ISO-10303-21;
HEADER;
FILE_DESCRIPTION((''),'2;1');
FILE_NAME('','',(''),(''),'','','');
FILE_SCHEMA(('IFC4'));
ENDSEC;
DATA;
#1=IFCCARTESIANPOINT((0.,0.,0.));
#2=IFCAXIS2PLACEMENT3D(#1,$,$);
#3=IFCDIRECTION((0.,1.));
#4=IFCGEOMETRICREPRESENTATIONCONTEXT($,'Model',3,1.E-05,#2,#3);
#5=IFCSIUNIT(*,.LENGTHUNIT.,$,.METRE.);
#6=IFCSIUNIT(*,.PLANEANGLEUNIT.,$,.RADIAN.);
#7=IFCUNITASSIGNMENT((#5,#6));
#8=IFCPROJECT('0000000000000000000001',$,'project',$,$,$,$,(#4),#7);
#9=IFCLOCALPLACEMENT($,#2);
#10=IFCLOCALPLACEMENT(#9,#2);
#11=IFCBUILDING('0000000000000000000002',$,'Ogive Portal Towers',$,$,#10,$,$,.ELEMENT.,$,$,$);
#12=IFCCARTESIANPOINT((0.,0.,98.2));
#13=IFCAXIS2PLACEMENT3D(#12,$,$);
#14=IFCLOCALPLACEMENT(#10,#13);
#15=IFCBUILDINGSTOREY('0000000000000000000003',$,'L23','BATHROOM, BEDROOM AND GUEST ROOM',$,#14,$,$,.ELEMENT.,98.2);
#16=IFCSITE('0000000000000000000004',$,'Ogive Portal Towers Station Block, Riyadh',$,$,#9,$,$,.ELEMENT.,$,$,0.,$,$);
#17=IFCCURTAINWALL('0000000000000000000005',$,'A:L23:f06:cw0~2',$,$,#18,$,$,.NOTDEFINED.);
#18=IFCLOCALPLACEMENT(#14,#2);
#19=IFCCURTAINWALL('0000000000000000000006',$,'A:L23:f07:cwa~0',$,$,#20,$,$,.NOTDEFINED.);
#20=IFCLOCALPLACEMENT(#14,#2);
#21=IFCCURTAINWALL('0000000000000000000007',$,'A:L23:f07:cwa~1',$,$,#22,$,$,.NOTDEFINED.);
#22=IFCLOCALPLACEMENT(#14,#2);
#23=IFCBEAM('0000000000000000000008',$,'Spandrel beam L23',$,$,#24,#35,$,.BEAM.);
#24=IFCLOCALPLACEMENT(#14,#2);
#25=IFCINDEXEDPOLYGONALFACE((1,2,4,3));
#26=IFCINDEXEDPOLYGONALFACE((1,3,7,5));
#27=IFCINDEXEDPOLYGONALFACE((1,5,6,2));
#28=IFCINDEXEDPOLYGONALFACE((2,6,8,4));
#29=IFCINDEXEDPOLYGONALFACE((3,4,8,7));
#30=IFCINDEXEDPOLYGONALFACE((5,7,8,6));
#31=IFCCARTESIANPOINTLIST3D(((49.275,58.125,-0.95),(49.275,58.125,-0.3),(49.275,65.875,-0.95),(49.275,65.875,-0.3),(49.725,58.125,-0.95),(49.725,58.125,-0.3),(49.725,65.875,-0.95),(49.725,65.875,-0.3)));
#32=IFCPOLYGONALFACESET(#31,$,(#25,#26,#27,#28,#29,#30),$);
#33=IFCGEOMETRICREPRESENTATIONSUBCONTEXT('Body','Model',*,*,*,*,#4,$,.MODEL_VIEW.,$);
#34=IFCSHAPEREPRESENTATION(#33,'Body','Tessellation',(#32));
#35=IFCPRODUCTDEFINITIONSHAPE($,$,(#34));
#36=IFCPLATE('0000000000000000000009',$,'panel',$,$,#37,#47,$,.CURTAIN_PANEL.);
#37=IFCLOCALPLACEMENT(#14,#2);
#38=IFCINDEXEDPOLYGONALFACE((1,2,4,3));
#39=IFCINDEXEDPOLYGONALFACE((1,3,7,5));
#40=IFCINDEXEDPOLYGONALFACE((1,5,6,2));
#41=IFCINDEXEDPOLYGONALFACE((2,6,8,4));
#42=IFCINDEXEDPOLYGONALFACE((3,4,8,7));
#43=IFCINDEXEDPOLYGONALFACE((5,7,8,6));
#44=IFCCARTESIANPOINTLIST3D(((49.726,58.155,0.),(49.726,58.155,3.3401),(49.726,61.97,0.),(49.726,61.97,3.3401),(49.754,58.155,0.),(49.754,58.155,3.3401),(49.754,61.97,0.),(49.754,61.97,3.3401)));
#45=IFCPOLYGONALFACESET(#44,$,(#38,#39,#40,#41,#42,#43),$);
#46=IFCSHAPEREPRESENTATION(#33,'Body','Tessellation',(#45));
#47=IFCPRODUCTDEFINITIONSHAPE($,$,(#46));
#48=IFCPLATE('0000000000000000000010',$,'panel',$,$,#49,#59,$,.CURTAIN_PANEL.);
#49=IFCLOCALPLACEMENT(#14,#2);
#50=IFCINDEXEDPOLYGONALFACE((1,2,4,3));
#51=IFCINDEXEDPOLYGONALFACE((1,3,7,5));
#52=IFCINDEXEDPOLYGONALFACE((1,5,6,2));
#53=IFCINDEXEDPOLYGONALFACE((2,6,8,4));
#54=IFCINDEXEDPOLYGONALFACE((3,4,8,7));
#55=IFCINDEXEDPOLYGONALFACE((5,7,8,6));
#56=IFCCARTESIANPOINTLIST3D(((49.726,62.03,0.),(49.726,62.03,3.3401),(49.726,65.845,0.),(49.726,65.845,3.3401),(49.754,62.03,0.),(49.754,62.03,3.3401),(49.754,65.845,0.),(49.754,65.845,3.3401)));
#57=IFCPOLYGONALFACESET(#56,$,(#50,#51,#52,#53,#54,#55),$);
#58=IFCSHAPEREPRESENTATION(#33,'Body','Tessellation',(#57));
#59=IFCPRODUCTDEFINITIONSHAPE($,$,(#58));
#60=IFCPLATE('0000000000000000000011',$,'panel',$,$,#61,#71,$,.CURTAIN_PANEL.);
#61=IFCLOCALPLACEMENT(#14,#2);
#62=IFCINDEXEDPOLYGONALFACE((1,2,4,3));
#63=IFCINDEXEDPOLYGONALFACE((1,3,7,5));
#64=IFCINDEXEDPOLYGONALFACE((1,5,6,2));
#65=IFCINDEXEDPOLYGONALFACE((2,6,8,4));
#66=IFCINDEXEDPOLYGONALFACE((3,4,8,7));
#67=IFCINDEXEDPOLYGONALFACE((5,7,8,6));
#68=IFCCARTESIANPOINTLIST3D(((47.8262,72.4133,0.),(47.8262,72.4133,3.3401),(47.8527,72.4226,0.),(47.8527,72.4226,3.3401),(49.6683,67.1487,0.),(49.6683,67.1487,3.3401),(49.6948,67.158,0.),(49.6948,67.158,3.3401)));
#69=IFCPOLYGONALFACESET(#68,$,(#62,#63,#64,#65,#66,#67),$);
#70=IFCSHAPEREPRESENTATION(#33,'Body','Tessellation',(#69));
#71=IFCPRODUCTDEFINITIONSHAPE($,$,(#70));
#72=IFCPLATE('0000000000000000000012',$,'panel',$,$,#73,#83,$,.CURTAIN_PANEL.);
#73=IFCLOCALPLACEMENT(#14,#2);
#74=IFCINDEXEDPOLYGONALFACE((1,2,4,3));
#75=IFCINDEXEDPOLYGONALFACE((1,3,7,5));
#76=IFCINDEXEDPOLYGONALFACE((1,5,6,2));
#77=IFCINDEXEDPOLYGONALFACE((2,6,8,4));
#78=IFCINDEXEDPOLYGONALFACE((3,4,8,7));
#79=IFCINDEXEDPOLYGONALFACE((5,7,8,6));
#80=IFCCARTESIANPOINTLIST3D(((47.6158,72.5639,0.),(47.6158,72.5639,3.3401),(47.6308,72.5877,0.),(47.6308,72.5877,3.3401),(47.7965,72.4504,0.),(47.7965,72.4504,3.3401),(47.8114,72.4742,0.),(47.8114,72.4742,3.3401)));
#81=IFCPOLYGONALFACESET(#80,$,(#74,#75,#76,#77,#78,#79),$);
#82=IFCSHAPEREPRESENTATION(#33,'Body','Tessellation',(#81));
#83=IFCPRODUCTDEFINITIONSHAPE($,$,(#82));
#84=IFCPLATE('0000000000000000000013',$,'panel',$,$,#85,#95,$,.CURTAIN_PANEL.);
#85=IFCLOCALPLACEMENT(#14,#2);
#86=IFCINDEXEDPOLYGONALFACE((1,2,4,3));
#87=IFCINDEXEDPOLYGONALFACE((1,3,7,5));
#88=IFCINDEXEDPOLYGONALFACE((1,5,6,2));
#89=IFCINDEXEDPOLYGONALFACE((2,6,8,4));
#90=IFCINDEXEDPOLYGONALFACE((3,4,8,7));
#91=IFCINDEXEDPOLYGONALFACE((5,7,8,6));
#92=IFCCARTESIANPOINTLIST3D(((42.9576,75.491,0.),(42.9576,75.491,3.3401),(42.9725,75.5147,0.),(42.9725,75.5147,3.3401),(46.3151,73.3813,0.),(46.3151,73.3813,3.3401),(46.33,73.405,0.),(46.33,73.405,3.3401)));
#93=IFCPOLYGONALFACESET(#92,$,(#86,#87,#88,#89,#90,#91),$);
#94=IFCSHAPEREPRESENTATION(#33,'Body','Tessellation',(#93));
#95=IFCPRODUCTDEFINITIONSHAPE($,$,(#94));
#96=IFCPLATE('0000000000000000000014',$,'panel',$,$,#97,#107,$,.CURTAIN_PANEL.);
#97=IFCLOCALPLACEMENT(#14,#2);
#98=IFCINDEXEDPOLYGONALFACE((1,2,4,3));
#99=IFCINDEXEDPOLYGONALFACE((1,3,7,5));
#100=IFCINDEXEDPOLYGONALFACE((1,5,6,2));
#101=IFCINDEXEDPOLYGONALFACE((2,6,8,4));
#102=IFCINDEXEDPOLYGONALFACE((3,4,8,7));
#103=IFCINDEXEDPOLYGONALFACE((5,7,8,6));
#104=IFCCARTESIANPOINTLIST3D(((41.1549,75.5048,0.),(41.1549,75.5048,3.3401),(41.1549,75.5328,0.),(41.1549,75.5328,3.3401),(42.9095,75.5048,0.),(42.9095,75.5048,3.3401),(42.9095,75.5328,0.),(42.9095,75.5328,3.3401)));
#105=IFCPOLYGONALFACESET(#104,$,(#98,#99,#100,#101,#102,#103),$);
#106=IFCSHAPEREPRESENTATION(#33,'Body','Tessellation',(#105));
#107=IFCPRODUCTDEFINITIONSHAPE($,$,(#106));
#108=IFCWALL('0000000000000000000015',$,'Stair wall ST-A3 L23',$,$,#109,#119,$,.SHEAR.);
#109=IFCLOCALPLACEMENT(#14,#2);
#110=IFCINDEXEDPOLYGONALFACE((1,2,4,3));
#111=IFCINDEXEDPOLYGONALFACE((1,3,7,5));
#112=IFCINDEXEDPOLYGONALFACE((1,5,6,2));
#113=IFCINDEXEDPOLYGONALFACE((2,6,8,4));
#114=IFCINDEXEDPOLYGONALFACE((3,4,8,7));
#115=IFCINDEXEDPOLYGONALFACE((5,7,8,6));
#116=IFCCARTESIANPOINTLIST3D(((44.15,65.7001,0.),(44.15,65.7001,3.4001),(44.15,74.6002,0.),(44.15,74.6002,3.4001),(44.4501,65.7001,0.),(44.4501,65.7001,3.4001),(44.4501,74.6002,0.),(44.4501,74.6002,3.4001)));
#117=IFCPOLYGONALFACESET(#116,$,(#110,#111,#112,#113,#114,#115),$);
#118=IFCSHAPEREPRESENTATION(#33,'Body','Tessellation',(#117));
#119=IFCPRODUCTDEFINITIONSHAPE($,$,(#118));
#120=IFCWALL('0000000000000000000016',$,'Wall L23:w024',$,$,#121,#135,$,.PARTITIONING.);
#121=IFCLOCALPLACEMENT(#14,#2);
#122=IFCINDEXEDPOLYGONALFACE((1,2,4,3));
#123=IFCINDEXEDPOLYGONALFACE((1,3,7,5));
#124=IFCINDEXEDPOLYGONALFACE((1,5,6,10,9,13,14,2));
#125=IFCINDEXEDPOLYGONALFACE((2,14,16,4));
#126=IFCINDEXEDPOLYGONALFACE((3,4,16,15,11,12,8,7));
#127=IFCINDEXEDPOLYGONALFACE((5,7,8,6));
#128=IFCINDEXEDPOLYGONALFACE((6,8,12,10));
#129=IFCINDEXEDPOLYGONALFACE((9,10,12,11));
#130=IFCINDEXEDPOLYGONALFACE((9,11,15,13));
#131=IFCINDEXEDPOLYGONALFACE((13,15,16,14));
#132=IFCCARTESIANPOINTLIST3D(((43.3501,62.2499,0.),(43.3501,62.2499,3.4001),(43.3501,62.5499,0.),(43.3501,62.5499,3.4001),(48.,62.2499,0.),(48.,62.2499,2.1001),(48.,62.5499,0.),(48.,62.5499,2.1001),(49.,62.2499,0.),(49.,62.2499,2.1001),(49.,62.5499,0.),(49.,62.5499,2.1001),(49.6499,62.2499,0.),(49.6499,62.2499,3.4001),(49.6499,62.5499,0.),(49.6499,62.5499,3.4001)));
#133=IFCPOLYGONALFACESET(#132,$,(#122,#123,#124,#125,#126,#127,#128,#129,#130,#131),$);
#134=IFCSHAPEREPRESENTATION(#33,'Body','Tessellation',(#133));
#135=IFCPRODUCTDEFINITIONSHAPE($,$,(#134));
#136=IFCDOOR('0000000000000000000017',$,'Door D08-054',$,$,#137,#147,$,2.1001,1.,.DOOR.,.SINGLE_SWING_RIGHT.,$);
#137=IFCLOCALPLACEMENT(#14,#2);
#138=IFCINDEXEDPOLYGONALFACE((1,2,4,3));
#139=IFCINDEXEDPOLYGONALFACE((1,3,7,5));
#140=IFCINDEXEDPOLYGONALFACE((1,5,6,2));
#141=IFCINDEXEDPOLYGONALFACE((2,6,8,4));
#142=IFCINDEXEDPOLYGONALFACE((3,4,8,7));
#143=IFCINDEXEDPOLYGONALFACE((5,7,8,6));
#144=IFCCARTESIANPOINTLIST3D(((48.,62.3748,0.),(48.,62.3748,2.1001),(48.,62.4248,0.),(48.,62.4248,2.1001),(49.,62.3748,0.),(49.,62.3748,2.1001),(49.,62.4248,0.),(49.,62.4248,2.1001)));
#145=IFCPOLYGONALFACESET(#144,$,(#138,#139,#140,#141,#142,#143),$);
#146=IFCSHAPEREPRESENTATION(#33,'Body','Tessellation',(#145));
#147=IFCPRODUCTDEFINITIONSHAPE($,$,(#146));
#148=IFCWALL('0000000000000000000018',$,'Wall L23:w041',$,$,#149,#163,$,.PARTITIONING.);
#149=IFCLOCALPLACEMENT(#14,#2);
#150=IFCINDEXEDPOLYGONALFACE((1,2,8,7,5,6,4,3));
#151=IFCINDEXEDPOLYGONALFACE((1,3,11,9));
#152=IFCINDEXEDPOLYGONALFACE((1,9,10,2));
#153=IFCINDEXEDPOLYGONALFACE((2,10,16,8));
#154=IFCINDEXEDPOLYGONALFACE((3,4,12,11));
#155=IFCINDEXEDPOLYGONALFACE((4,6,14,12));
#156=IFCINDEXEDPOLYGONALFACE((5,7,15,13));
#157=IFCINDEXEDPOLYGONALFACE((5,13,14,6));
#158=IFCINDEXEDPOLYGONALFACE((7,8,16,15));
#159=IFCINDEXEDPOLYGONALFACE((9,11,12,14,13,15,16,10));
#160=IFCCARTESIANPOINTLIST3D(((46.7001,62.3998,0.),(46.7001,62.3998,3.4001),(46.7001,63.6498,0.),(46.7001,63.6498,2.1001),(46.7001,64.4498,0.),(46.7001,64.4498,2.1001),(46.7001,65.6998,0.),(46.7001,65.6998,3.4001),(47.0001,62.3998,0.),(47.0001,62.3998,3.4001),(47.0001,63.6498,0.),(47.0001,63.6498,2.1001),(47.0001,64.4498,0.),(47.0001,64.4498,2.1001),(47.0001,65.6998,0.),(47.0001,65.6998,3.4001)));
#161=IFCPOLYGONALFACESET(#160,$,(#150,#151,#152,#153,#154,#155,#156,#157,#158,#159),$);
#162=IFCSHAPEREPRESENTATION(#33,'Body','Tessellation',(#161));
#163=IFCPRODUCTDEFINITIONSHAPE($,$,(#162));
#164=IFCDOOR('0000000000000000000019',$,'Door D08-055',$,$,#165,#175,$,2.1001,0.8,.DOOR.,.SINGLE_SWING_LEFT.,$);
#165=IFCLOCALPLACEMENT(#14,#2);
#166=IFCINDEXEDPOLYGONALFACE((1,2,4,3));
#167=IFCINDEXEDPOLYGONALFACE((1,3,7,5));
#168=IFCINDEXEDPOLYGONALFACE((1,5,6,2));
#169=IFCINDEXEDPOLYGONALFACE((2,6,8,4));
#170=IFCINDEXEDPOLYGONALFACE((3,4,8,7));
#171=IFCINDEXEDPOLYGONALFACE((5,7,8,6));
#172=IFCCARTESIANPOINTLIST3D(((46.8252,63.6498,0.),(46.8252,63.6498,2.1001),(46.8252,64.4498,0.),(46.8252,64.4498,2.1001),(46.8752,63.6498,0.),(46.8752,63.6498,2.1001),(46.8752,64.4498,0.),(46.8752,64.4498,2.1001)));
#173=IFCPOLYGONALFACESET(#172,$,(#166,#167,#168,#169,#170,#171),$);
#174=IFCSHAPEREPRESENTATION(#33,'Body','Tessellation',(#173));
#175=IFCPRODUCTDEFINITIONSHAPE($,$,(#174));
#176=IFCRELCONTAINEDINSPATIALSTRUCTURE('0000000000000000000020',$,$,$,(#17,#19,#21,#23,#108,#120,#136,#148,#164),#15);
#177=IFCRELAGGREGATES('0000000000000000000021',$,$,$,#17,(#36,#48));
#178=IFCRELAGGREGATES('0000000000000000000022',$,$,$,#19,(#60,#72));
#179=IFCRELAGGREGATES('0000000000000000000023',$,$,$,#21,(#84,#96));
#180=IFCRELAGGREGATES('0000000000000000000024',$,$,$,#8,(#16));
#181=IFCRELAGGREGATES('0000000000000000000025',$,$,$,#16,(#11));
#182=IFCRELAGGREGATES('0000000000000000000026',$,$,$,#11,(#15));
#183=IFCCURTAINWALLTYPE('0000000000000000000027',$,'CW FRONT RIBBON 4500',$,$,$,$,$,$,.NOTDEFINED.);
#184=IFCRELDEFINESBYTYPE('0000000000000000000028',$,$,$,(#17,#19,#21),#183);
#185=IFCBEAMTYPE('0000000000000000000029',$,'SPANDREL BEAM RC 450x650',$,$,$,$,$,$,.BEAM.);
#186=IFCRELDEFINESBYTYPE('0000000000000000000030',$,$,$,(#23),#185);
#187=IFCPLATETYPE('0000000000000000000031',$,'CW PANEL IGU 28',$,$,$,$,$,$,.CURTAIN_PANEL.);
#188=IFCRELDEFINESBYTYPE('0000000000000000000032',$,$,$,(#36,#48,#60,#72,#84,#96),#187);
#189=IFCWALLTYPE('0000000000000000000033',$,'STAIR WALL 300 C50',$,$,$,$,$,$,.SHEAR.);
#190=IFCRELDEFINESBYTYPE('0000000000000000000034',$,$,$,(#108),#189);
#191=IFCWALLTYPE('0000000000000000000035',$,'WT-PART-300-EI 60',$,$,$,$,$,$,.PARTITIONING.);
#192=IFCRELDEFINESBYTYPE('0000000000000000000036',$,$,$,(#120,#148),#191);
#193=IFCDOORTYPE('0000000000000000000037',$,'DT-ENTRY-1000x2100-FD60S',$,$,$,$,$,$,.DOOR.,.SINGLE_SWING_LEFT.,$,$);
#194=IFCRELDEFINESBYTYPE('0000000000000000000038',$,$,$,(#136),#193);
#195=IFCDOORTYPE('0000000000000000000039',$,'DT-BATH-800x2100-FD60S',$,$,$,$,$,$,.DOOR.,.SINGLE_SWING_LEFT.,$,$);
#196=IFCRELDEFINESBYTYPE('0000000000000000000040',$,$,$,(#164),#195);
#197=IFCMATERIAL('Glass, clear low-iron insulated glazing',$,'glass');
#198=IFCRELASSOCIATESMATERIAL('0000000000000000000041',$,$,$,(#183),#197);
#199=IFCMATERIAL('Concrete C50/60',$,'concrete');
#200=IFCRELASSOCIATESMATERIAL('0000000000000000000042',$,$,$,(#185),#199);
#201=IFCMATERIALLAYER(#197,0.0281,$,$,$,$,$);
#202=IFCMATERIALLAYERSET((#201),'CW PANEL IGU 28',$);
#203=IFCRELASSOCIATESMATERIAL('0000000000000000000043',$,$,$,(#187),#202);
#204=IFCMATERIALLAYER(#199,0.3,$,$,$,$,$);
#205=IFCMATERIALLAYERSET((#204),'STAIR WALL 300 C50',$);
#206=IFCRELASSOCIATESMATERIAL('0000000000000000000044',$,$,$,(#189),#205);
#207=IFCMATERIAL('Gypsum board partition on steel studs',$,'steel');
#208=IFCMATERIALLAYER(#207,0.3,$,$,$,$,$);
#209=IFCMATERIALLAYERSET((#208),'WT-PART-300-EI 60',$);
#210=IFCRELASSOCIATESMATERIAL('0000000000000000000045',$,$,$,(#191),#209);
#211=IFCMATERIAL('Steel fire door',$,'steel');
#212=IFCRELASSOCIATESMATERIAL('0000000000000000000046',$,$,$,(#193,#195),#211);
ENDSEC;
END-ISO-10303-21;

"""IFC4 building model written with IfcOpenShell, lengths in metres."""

from ifc_helpers import new_model, si_unit, direction, frame, frame_2d, origin, origin_2d, place, context, subcontext, project, spatial, rectangle, extrude, material, layer, layer_set, material_profile, profile_set, type_object, element, fill, aggregate, save


model = new_model("IFC4")

# Units and contexts
model_context = context("Model", 3, precision=1e-05, world=origin(), true_north=direction((0.0, 1.0)))
body_context = subcontext(model_context, "Body", "Model", "MODEL_VIEW")
ifc_project = project(units=[si_unit("LENGTHUNIT", "METRE"), si_unit("PLANEANGLEUNIT", "RADIAN")], contexts=[model_context])

# Site, building, storey
site_placement = place(None, origin())
site = spatial("IfcSite", under=ifc_project, at=site_placement, Name="Ogive Portal Towers Station Block, Riyadh", CompositionType="ELEMENT", RefElevation=0.0)
building_placement = place(site_placement, origin())
building = spatial("IfcBuilding", under=site, at=building_placement, Name="Ogive Portal Towers", CompositionType="ELEMENT")
storey_placement = place(building_placement, frame((0.0, 0.0, 98.2)))
storey = spatial("IfcBuildingStorey", under=building, at=storey_placement, Name="L23", Description="BATHROOM, BEDROOM AND GUEST ROOM", CompositionType="ELEMENT", Elevation=98.2)

# Curtain walls
ifc_material_1 = material(Name="Glass, clear low-iron insulated glazing", Category="glass")
curtain_wall_type = type_object("IfcCurtainWallType", Name="CW FRONT RIBBON 4500", PredefinedType="NOTDEFINED", material=ifc_material_1)
curtain_wall_1_placement = place(storey_placement, origin())
curtain_wall_1 = element("IfcCurtainWall", 1, at=curtain_wall_1_placement, inside=storey, type_object=curtain_wall_type, Name="A:L23:f06:cw0~2", PredefinedType="NOTDEFINED")
curtain_wall_2_placement = place(storey_placement, origin())
curtain_wall_2 = element("IfcCurtainWall", 2, at=curtain_wall_2_placement, inside=storey, type_object=curtain_wall_type, Name="A:L23:f07:cwa~0", PredefinedType="NOTDEFINED")
curtain_wall_3_placement = place(storey_placement, origin())
curtain_wall_3 = element("IfcCurtainWall", 3, at=curtain_wall_3_placement, inside=storey, type_object=curtain_wall_type, Name="A:L23:f07:cwa~1", PredefinedType="NOTDEFINED")

# Beam
ifc_material_2 = material(Name="Concrete C50/60", Category="concrete")
ifc_material_profile_1 = material_profile(ifc_material_2, rectangle(XDim=0.45, YDim=0.6499, at=origin_2d()), Name="RC 450x650")
ifc_profile_set_1 = profile_set([ifc_material_profile_1], Name="Concrete C50/60")
beam_type = type_object("IfcBeamType", Name="SPANDREL BEAM RC 450x650", PredefinedType="BEAM", material=ifc_profile_set_1)
beam_placement = place(storey_placement, frame((49.5, 65.875, -0.625), z_axis=(0.0, -1.0, 0.0), x_axis=(1.0, 0.0, 0.0)))
element("IfcBeam", 4, at=beam_placement, inside=storey, type_object=beam_type, Name="Spandrel beam L23", PredefinedType="BEAM", context=body_context, shape_type="SweptSolid", body=[
    extrude(rectangle(XDim=0.45, YDim=0.6499, at=origin_2d()), origin(), (0.0, 0.0, 1.0), 7.75),
])

# Plates
ifc_layer_1 = layer(ifc_material_1, 0.0281)
ifc_layer_set_1 = layer_set([ifc_layer_1], Name="CW PANEL IGU 28")
plate_type = type_object("IfcPlateType", Name="CW PANEL IGU 28", PredefinedType="CURTAIN_PANEL", material=ifc_layer_set_1)
plate_1_placement = place(storey_placement, frame((49.74, 60.0625, 0.0), z_axis=(0.0, 0.0, 1.0), x_axis=(0.0, 1.0, 0.0)))
plate_1 = element("IfcPlate", 5, at=plate_1_placement, type_object=plate_type, Name="panel", PredefinedType="CURTAIN_PANEL", context=body_context, shape_type="SweptSolid", body=[
    extrude(rectangle(XDim=3.8149, YDim=0.0281, at=origin_2d()), origin(), (0.0, 0.0, 1.0), 3.3401),
])
plate_2_placement = place(storey_placement, frame((49.74, 63.9375, 0.0), z_axis=(0.0, 0.0, 1.0), x_axis=(0.0, 1.0, 0.0)))
plate_2 = element("IfcPlate", 6, at=plate_2_placement, type_object=plate_type, Name="panel", PredefinedType="CURTAIN_PANEL", context=body_context, shape_type="SweptSolid", body=[
    extrude(rectangle(XDim=3.8149, YDim=0.0281, at=origin_2d()), origin(), (0.0, 0.0, 1.0), 3.3401),
])
aggregate(curtain_wall_1, [plate_1, plate_2])
plate_3_placement = place(storey_placement, frame((48.7605, 69.7856, 0.0), z_axis=(0.0, 0.0, 1.0), x_axis=(-0.330279, 0.943883, 0.0)))
plate_3 = element("IfcPlate", 7, at=plate_3_placement, type_object=plate_type, Name="panel", PredefinedType="CURTAIN_PANEL", context=body_context, shape_type="SweptSolid", body=[
    extrude(rectangle(XDim=5.5776, YDim=0.0281, at=origin_2d()), origin(), (0.0, 0.0, 1.0), 3.3401),
])
plate_4_placement = place(storey_placement, frame((47.7136, 72.519, 0.0), z_axis=(0.0, 0.0, 1.0), x_axis=(-0.846724, 0.532032, 0.0)))
plate_4 = element("IfcPlate", 8, at=plate_4_placement, type_object=plate_type, Name="panel", PredefinedType="CURTAIN_PANEL", context=body_context, shape_type="SweptSolid", body=[
    extrude(rectangle(XDim=0.2134, YDim=0.0281, at=origin_2d()), origin(), (0.0, 0.0, 1.0), 3.3401),
])
aggregate(curtain_wall_2, [plate_3, plate_4])
plate_5_placement = place(storey_placement, frame((44.6438, 74.448, 0.0), z_axis=(0.0, 0.0, 1.0), x_axis=(-0.846724, 0.532032, 0.0)))
plate_5 = element("IfcPlate", 9, at=plate_5_placement, type_object=plate_type, Name="panel", PredefinedType="CURTAIN_PANEL", context=body_context, shape_type="SweptSolid", body=[
    extrude(rectangle(XDim=3.9653, YDim=0.0281, at=origin_2d()), origin(), (0.0, 0.0, 1.0), 3.3401),
])
plate_6_placement = place(storey_placement, frame((42.0322, 75.5188, 0.0), z_axis=(0.0, 0.0, 1.0), x_axis=(-1.0, 0.0, 0.0)))
plate_6 = element("IfcPlate", 10, at=plate_6_placement, type_object=plate_type, Name="panel", PredefinedType="CURTAIN_PANEL", context=body_context, shape_type="SweptSolid", body=[
    extrude(rectangle(XDim=1.7546, YDim=0.0281, at=origin_2d()), origin(), (0.0, 0.0, 1.0), 3.3401),
])
aggregate(curtain_wall_3, [plate_5, plate_6])

# Wall
ifc_layer_2 = layer(ifc_material_2, 0.3)
ifc_layer_set_2 = layer_set([ifc_layer_2], Name="STAIR WALL 300 C50")
wall_type_1 = type_object("IfcWallType", Name="STAIR WALL 300 C50", PredefinedType="SHEAR", material=ifc_layer_set_2)
wall_1_placement = place(storey_placement, frame((44.3, 65.7, 0.0), z_axis=(0.0, 0.0, 1.0), x_axis=(0.0, 1.0, 0.0)))
element("IfcWall", 11, at=wall_1_placement, inside=storey, type_object=wall_type_1, Name="Stair wall ST-A3 L23", PredefinedType="SHEAR", context=body_context, shape_type="SweptSolid", body=[
    extrude(rectangle(XDim=8.9001, YDim=0.3, at=frame_2d((4.4502, 0.0))), origin(), (0.0, 0.0, 1.0), 3.4001),
])

# Walls, openings, doors
ifc_material_3 = material(Name="Gypsum board partition on steel studs", Category="steel")
ifc_layer_3 = layer(ifc_material_3, 0.3)
ifc_layer_set_3 = layer_set([ifc_layer_3], Name="WT-PART-300-EI 60")
wall_type_2 = type_object("IfcWallType", Name="WT-PART-300-EI 60", PredefinedType="PARTITIONING", material=ifc_layer_set_3)
wall_2_placement = place(storey_placement, frame((43.3501, 62.3999, 0.0), z_axis=(0.0, 0.0, 1.0), x_axis=(1.0, 0.0, 0.0)))
wall_2 = element("IfcWall", 12, at=wall_2_placement, inside=storey, type_object=wall_type_2, Name="Wall L23:w024", PredefinedType="PARTITIONING", context=body_context, shape_type="SweptSolid", body=[
    extrude(rectangle(XDim=6.2998, YDim=0.3, at=frame_2d((3.1499, 0.0))), origin(), (0.0, 0.0, 1.0), 3.4001),
])
opening_1_placement = place(wall_2_placement, frame((4.6499, 0.0, 0.0)))
opening_1 = element("IfcOpeningElement", 13, at=opening_1_placement, cuts=wall_2, PredefinedType="OPENING", context=body_context, shape_type="SweptSolid", body=[
    extrude(rectangle(XDim=1.0, YDim=2.1001, at=frame_2d((0.5, 1.05))), frame((0.0, 0.1602, 0.0), z_axis=(0.0, -1.0, 0.0), x_axis=(1.0, 0.0, 0.0)), (0.0, 0.0, 1.0), 0.3201),
])
ifc_material_4 = material(Name="Steel fire door", Category="steel")
door_type_1 = type_object("IfcDoorType", Name="DT-ENTRY-1000x2100-FD60S", OperationType="SINGLE_SWING_LEFT", PredefinedType="DOOR", material=ifc_material_4)
door_1_placement = place(opening_1_placement, origin())
door_1 = element("IfcDoor", 14, at=door_1_placement, inside=storey, type_object=door_type_1, Name="Door D08-054", OperationType="SINGLE_SWING_RIGHT", OverallHeight=2.1001, OverallWidth=1.0, PredefinedType="DOOR", context=body_context, shape_type="SweptSolid", body=[
    extrude(rectangle(XDim=1.0, YDim=2.1001, at=frame_2d((0.5, 1.05))), frame((0.0, 0.0249, 0.0), z_axis=(0.0, -1.0, 0.0), x_axis=(1.0, 0.0, 0.0)), (0.0, 0.0, 1.0), 0.05),
])
fill(opening_1, door_1)
wall_3_placement = place(storey_placement, frame((46.8501, 62.3999, 0.0), z_axis=(0.0, 0.0, 1.0), x_axis=(0.0, 1.0, 0.0)))
wall_3 = element("IfcWall", 15, at=wall_3_placement, inside=storey, type_object=wall_type_2, Name="Wall L23:w041", PredefinedType="PARTITIONING", context=body_context, shape_type="SweptSolid", body=[
    extrude(rectangle(XDim=3.3, YDim=0.3, at=frame_2d((1.6499, 0.0))), origin(), (0.0, 0.0, 1.0), 3.4001),
])
opening_2_placement = place(wall_3_placement, frame((1.25, 0.0, 0.0)))
opening_2 = element("IfcOpeningElement", 16, at=opening_2_placement, cuts=wall_3, PredefinedType="OPENING", context=body_context, shape_type="SweptSolid", body=[
    extrude(rectangle(XDim=0.8, YDim=2.1001, at=frame_2d((0.3999, 1.05))), frame((0.0, 0.1602, 0.0), z_axis=(0.0, -1.0, 0.0), x_axis=(1.0, 0.0, 0.0)), (0.0, 0.0, 1.0), 0.3201),
])
door_type_2 = type_object("IfcDoorType", Name="DT-BATH-800x2100-FD60S", OperationType="SINGLE_SWING_LEFT", PredefinedType="DOOR", material=ifc_material_4)
door_2_placement = place(opening_2_placement, origin())
door_2 = element("IfcDoor", 17, at=door_2_placement, inside=storey, type_object=door_type_2, Name="Door D08-055", OperationType="SINGLE_SWING_LEFT", OverallHeight=2.1001, OverallWidth=0.8, PredefinedType="DOOR", context=body_context, shape_type="SweptSolid", body=[
    extrude(rectangle(XDim=0.8, YDim=2.1001, at=frame_2d((0.3999, 1.05))), frame((0.0, 0.0249, 0.0), z_axis=(0.0, -1.0, 0.0), x_axis=(1.0, 0.0, 0.0)), (0.0, 0.0, 1.0), 0.05),
])
fill(opening_2, door_2)

save(model, "model.ifc")
